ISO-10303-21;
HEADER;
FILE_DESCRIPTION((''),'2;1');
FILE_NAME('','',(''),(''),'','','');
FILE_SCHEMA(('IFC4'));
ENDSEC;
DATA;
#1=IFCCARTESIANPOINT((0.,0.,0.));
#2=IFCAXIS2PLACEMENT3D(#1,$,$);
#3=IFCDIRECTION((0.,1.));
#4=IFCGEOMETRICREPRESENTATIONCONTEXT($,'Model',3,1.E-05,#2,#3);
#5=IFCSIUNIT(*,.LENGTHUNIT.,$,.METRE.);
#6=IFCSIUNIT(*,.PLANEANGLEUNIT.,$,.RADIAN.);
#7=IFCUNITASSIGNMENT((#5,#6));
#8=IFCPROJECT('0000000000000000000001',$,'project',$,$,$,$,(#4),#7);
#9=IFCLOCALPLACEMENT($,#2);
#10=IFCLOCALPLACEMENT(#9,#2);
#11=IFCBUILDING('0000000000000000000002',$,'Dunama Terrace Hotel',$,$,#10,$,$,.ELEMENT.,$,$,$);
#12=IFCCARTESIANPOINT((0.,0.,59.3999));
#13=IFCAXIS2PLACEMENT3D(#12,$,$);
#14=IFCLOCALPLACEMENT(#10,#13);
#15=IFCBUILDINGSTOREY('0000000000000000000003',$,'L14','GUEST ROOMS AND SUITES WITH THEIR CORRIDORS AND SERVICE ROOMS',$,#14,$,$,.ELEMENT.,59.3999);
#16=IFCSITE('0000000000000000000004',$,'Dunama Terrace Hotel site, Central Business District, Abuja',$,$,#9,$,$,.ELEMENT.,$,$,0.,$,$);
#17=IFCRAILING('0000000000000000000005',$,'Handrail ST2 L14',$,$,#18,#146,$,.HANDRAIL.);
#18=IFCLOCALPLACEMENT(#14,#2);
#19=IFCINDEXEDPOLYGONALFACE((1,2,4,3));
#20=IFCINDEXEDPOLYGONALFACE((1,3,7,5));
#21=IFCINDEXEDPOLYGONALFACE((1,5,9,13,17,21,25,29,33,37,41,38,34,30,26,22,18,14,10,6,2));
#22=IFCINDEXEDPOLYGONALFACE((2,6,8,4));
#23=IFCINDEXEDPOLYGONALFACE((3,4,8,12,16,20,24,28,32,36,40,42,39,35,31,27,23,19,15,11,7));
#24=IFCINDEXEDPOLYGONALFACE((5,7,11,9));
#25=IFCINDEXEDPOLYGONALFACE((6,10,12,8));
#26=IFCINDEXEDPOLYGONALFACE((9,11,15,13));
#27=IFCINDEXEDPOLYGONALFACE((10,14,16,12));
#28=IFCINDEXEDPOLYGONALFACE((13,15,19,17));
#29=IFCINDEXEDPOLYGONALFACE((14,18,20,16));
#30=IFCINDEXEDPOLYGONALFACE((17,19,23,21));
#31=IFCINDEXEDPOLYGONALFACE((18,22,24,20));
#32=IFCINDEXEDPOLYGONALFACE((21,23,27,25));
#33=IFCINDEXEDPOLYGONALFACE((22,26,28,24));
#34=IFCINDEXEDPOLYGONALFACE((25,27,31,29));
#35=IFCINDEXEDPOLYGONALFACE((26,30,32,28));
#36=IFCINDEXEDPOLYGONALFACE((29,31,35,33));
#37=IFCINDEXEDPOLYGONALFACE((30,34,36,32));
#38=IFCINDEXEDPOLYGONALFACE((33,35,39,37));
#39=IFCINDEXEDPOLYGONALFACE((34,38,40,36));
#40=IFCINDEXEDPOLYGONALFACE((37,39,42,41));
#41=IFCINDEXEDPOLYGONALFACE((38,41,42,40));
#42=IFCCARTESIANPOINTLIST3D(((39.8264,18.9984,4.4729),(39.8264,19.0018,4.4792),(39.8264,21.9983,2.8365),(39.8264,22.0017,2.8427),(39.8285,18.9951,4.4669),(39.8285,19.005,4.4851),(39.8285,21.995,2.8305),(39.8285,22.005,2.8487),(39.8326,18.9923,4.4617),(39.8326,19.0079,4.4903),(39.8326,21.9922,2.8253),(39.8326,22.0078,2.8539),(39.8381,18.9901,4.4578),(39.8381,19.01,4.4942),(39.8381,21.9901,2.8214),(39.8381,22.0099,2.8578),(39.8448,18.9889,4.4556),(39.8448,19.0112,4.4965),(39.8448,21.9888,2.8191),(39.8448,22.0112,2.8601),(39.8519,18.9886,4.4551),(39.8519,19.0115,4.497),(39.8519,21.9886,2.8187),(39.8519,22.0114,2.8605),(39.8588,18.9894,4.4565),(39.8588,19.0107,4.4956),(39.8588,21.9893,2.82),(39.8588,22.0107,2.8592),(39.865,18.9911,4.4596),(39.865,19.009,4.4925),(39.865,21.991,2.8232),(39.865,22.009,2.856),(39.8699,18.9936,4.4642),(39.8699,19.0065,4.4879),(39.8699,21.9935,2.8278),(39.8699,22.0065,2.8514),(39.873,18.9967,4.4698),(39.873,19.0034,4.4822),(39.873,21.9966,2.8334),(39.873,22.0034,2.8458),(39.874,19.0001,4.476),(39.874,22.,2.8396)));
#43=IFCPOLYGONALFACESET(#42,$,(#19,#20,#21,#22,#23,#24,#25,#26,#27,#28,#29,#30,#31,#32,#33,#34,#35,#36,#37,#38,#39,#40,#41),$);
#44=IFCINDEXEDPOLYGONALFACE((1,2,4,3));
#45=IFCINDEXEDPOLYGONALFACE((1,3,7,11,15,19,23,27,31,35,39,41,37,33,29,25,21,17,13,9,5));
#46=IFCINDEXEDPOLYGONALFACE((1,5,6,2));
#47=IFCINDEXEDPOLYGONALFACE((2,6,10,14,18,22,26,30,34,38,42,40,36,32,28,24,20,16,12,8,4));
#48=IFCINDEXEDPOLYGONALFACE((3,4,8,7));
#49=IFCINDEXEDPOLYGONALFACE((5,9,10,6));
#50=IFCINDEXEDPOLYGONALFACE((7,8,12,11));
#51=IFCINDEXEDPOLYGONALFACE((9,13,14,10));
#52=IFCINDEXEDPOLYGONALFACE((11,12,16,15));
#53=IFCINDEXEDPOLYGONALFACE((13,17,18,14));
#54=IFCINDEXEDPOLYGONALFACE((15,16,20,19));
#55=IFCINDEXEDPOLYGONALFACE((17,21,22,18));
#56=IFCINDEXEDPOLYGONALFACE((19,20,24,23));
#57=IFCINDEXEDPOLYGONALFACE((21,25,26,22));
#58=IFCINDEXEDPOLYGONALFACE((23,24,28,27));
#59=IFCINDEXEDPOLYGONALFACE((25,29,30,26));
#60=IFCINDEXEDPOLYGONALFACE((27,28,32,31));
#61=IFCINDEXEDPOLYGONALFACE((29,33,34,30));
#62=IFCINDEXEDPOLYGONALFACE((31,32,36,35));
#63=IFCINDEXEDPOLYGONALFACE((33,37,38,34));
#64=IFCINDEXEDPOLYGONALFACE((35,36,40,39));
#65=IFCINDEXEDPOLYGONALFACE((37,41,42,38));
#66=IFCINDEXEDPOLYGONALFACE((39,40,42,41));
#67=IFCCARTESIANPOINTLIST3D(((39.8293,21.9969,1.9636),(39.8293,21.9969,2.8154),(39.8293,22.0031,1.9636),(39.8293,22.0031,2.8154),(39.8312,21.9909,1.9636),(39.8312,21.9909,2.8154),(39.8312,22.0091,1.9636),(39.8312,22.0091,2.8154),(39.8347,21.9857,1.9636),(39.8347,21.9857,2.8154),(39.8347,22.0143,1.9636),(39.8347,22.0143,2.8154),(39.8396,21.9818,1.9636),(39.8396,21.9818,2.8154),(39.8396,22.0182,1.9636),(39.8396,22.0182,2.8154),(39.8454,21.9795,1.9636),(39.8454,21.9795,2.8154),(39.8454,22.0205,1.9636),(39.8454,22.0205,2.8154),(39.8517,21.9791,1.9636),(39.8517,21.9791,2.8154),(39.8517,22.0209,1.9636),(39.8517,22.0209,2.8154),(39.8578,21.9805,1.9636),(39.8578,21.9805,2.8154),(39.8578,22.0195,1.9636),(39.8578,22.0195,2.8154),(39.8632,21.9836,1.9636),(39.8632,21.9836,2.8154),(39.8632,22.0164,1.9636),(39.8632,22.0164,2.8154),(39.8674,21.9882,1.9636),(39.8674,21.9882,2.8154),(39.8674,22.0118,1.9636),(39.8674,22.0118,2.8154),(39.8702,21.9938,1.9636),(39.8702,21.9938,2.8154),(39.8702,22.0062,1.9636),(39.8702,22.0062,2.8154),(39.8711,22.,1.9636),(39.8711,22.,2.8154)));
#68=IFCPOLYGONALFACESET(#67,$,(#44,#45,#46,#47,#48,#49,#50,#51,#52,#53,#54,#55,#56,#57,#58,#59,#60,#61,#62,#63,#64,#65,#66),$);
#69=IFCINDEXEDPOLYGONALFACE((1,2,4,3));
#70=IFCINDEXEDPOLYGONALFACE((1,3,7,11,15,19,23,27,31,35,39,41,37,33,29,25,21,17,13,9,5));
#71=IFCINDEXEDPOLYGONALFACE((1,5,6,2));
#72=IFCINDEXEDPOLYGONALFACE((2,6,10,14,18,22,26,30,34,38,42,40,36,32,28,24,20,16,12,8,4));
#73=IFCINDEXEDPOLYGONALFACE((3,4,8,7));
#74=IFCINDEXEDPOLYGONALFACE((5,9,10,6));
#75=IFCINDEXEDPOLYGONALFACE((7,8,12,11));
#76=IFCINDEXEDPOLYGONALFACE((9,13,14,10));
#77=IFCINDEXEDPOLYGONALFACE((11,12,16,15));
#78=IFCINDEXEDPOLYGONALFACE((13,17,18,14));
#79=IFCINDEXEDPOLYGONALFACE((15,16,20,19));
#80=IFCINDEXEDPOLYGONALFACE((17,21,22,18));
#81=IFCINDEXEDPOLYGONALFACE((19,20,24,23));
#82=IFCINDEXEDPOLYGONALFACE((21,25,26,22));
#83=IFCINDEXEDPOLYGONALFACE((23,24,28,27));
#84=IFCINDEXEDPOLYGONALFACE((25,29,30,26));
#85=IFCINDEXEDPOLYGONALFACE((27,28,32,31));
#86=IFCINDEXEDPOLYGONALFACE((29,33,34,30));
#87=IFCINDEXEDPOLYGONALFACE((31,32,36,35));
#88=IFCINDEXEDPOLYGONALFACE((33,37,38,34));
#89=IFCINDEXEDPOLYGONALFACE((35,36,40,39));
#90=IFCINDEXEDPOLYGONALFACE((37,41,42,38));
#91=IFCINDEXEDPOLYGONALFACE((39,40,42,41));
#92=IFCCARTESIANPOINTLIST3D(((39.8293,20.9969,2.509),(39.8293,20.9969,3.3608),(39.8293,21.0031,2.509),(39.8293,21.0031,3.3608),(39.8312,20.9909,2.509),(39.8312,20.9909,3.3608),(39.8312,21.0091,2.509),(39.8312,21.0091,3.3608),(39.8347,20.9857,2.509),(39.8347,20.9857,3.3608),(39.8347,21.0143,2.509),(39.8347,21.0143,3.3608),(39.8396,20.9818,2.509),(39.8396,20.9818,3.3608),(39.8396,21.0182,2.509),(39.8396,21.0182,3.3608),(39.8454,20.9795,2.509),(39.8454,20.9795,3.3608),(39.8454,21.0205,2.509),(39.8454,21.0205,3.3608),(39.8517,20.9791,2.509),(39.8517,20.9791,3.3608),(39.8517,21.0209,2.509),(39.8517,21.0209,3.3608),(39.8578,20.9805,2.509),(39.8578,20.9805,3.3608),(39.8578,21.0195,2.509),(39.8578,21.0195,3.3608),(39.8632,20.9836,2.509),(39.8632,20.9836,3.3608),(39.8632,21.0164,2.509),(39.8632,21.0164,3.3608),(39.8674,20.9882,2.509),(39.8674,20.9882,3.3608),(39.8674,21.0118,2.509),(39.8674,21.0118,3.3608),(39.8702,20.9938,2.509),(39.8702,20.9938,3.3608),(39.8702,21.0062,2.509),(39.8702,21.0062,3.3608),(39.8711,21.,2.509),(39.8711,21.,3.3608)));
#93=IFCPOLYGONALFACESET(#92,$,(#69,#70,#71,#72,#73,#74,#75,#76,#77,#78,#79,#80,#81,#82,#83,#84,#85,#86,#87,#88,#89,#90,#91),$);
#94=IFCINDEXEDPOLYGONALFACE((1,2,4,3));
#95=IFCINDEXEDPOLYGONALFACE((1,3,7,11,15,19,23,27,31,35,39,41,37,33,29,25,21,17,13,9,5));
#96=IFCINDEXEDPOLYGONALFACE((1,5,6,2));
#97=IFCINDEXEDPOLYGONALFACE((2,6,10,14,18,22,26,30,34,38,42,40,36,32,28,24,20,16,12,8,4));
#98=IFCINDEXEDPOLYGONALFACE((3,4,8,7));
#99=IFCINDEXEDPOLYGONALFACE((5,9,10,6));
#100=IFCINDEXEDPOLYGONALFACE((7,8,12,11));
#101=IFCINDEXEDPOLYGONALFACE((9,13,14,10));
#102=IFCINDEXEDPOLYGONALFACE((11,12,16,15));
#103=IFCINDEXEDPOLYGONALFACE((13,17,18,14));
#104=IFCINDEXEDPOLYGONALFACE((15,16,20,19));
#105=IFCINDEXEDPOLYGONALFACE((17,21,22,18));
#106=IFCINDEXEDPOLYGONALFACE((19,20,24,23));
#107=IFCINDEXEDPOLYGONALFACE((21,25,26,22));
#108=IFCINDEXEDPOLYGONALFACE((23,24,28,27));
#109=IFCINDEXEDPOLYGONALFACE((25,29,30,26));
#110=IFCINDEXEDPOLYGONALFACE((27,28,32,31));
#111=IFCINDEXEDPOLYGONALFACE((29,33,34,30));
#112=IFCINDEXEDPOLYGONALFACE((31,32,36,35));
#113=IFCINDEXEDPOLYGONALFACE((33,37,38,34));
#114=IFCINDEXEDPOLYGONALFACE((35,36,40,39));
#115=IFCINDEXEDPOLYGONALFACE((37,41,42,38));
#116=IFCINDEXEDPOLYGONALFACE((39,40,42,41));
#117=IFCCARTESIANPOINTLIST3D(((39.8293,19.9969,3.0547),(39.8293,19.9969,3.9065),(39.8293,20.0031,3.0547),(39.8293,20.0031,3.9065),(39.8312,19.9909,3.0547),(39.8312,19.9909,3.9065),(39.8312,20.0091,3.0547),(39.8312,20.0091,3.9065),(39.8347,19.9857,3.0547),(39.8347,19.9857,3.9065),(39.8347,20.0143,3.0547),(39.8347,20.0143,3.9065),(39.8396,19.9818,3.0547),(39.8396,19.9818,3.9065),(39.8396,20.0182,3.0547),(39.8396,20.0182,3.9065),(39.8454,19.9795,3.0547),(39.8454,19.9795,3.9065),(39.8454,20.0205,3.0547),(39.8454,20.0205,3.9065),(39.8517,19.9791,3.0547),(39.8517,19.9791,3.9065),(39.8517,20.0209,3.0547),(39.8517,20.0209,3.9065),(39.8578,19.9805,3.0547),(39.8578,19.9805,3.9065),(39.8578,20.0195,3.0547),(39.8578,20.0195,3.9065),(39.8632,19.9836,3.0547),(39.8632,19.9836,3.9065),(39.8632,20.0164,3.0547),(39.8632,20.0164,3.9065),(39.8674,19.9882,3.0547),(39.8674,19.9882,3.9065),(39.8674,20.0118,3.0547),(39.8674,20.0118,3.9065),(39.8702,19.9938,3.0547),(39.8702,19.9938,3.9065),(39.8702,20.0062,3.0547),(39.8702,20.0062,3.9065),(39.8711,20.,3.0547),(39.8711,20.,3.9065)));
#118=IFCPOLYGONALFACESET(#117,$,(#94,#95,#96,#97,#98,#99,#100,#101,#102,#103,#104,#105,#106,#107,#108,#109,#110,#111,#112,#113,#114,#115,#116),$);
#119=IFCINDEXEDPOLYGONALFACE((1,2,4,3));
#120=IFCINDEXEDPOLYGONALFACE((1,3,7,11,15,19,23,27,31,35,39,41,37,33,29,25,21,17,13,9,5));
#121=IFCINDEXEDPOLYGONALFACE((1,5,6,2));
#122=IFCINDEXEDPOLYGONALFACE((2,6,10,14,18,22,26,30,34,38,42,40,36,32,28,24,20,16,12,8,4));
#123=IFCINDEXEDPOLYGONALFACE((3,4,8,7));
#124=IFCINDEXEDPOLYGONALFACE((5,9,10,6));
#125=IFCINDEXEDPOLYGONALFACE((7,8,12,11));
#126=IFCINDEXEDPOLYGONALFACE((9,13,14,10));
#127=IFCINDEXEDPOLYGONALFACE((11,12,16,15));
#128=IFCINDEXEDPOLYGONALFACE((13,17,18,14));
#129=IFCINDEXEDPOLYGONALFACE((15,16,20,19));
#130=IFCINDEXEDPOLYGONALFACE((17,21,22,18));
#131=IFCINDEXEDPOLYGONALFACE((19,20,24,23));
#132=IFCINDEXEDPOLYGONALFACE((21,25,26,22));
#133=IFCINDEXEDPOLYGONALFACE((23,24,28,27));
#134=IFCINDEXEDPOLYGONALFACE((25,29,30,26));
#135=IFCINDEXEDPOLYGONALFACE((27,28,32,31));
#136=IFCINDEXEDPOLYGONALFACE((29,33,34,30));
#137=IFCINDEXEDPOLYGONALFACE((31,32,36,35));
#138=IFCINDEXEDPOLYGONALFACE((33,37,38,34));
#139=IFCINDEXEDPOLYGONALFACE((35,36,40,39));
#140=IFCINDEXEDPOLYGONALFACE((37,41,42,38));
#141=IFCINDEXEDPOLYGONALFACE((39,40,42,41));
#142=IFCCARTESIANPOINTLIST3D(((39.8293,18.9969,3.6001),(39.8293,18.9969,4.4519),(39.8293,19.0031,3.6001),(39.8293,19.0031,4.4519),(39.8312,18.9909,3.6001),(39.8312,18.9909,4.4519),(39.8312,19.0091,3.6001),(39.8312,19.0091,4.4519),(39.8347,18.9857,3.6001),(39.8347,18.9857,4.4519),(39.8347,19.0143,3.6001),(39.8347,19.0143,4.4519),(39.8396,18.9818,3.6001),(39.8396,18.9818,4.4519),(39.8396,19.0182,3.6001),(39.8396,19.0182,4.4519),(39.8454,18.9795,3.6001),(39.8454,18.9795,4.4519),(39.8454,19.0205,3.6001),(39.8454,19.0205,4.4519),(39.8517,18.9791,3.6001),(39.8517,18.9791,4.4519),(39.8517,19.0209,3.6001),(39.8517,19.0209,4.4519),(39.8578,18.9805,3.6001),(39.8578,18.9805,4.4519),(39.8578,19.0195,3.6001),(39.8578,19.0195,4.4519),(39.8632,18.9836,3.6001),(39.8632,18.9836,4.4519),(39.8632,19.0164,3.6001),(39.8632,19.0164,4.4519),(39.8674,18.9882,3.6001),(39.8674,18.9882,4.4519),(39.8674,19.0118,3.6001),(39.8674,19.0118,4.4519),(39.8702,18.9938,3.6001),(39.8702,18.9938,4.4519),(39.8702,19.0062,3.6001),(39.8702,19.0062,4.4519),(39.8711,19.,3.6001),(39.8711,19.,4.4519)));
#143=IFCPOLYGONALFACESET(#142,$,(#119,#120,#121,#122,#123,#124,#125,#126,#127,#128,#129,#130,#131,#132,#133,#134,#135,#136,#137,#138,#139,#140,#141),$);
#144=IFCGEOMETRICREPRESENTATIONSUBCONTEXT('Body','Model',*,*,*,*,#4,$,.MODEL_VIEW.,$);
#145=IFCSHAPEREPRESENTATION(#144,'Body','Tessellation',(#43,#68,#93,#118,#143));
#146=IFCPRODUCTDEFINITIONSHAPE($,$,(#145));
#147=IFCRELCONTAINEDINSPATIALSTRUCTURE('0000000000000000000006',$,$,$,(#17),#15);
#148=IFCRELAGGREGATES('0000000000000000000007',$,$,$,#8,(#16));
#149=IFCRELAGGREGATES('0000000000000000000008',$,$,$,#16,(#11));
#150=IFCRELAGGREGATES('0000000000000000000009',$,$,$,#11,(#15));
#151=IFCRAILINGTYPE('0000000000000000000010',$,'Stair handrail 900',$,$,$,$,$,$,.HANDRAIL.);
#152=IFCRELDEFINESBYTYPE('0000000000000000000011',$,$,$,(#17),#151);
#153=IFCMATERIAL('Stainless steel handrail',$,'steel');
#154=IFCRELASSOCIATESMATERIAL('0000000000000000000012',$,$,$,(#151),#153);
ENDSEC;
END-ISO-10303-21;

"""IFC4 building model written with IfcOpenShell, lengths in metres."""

from ifc_helpers import new_model, si_unit, direction, frame, origin, origin_2d, place, context, subcontext, project, spatial, circle, extrude, material, type_object, element, save


model = new_model("IFC4")

# Units and contexts
model_context = context("Model", 3, precision=1e-05, world=origin(), true_north=direction((0.0, 1.0)))
body_context = subcontext(model_context, "Body", "Model", "MODEL_VIEW")
ifc_project = project(units=[si_unit("LENGTHUNIT", "METRE"), si_unit("PLANEANGLEUNIT", "RADIAN")], contexts=[model_context])

# Site, building, storey
site_placement = place(None, origin())
site = spatial("IfcSite", under=ifc_project, at=site_placement, Name="Dunama Terrace Hotel site, Central Business District, Abuja", CompositionType="ELEMENT", RefElevation=0.0)
building_placement = place(site_placement, origin())
building = spatial("IfcBuilding", under=site, at=building_placement, Name="Dunama Terrace Hotel", CompositionType="ELEMENT")
storey_placement = place(building_placement, frame((0.0, 0.0, 59.3999)))
storey = spatial("IfcBuildingStorey", under=building, at=storey_placement, Name="L14", Description="GUEST ROOMS AND SUITES WITH THEIR CORRIDORS AND SERVICE ROOMS", CompositionType="ELEMENT", Elevation=59.3999)

# Railing
ifc_material_1 = material(Name="Stainless steel handrail", Category="steel")
railing_type = type_object("IfcRailingType", Name="Stair handrail 900", PredefinedType="HANDRAIL", material=ifc_material_1)
railing_1_placement = place(storey_placement, frame((39.8501, 22.0, 1.9636)))
element("IfcRailing", 1, at=railing_1_placement, inside=storey, type_object=railing_type, Name="Handrail ST2 L14", PredefinedType="HANDRAIL", context=body_context, shape_type="SweptSolid", body=[
    extrude(circle(Radius=0.0239, at=origin_2d()), frame((0.0, 0.0, 0.876), z_axis=(0.0, -0.877882, 0.478877), x_axis=(1.0, 0.0, 0.0)), (0.0, 0.0, 1.0), 3.4172),
    extrude(circle(Radius=0.021, at=origin_2d()), origin(), (0.0, 0.0, 1.0), 0.8518),
    extrude(circle(Radius=0.021, at=origin_2d()), frame((0.0, -1.0, 0.5454)), (0.0, 0.0, 1.0), 0.8518),
    extrude(circle(Radius=0.021, at=origin_2d()), frame((0.0, -2.0, 1.0911)), (0.0, 0.0, 1.0), 0.8518),
    extrude(circle(Radius=0.021, at=origin_2d()), frame((0.0, -3.0, 1.6365)), (0.0, 0.0, 1.0), 0.8518),
])

save(model, "model.ifc")
